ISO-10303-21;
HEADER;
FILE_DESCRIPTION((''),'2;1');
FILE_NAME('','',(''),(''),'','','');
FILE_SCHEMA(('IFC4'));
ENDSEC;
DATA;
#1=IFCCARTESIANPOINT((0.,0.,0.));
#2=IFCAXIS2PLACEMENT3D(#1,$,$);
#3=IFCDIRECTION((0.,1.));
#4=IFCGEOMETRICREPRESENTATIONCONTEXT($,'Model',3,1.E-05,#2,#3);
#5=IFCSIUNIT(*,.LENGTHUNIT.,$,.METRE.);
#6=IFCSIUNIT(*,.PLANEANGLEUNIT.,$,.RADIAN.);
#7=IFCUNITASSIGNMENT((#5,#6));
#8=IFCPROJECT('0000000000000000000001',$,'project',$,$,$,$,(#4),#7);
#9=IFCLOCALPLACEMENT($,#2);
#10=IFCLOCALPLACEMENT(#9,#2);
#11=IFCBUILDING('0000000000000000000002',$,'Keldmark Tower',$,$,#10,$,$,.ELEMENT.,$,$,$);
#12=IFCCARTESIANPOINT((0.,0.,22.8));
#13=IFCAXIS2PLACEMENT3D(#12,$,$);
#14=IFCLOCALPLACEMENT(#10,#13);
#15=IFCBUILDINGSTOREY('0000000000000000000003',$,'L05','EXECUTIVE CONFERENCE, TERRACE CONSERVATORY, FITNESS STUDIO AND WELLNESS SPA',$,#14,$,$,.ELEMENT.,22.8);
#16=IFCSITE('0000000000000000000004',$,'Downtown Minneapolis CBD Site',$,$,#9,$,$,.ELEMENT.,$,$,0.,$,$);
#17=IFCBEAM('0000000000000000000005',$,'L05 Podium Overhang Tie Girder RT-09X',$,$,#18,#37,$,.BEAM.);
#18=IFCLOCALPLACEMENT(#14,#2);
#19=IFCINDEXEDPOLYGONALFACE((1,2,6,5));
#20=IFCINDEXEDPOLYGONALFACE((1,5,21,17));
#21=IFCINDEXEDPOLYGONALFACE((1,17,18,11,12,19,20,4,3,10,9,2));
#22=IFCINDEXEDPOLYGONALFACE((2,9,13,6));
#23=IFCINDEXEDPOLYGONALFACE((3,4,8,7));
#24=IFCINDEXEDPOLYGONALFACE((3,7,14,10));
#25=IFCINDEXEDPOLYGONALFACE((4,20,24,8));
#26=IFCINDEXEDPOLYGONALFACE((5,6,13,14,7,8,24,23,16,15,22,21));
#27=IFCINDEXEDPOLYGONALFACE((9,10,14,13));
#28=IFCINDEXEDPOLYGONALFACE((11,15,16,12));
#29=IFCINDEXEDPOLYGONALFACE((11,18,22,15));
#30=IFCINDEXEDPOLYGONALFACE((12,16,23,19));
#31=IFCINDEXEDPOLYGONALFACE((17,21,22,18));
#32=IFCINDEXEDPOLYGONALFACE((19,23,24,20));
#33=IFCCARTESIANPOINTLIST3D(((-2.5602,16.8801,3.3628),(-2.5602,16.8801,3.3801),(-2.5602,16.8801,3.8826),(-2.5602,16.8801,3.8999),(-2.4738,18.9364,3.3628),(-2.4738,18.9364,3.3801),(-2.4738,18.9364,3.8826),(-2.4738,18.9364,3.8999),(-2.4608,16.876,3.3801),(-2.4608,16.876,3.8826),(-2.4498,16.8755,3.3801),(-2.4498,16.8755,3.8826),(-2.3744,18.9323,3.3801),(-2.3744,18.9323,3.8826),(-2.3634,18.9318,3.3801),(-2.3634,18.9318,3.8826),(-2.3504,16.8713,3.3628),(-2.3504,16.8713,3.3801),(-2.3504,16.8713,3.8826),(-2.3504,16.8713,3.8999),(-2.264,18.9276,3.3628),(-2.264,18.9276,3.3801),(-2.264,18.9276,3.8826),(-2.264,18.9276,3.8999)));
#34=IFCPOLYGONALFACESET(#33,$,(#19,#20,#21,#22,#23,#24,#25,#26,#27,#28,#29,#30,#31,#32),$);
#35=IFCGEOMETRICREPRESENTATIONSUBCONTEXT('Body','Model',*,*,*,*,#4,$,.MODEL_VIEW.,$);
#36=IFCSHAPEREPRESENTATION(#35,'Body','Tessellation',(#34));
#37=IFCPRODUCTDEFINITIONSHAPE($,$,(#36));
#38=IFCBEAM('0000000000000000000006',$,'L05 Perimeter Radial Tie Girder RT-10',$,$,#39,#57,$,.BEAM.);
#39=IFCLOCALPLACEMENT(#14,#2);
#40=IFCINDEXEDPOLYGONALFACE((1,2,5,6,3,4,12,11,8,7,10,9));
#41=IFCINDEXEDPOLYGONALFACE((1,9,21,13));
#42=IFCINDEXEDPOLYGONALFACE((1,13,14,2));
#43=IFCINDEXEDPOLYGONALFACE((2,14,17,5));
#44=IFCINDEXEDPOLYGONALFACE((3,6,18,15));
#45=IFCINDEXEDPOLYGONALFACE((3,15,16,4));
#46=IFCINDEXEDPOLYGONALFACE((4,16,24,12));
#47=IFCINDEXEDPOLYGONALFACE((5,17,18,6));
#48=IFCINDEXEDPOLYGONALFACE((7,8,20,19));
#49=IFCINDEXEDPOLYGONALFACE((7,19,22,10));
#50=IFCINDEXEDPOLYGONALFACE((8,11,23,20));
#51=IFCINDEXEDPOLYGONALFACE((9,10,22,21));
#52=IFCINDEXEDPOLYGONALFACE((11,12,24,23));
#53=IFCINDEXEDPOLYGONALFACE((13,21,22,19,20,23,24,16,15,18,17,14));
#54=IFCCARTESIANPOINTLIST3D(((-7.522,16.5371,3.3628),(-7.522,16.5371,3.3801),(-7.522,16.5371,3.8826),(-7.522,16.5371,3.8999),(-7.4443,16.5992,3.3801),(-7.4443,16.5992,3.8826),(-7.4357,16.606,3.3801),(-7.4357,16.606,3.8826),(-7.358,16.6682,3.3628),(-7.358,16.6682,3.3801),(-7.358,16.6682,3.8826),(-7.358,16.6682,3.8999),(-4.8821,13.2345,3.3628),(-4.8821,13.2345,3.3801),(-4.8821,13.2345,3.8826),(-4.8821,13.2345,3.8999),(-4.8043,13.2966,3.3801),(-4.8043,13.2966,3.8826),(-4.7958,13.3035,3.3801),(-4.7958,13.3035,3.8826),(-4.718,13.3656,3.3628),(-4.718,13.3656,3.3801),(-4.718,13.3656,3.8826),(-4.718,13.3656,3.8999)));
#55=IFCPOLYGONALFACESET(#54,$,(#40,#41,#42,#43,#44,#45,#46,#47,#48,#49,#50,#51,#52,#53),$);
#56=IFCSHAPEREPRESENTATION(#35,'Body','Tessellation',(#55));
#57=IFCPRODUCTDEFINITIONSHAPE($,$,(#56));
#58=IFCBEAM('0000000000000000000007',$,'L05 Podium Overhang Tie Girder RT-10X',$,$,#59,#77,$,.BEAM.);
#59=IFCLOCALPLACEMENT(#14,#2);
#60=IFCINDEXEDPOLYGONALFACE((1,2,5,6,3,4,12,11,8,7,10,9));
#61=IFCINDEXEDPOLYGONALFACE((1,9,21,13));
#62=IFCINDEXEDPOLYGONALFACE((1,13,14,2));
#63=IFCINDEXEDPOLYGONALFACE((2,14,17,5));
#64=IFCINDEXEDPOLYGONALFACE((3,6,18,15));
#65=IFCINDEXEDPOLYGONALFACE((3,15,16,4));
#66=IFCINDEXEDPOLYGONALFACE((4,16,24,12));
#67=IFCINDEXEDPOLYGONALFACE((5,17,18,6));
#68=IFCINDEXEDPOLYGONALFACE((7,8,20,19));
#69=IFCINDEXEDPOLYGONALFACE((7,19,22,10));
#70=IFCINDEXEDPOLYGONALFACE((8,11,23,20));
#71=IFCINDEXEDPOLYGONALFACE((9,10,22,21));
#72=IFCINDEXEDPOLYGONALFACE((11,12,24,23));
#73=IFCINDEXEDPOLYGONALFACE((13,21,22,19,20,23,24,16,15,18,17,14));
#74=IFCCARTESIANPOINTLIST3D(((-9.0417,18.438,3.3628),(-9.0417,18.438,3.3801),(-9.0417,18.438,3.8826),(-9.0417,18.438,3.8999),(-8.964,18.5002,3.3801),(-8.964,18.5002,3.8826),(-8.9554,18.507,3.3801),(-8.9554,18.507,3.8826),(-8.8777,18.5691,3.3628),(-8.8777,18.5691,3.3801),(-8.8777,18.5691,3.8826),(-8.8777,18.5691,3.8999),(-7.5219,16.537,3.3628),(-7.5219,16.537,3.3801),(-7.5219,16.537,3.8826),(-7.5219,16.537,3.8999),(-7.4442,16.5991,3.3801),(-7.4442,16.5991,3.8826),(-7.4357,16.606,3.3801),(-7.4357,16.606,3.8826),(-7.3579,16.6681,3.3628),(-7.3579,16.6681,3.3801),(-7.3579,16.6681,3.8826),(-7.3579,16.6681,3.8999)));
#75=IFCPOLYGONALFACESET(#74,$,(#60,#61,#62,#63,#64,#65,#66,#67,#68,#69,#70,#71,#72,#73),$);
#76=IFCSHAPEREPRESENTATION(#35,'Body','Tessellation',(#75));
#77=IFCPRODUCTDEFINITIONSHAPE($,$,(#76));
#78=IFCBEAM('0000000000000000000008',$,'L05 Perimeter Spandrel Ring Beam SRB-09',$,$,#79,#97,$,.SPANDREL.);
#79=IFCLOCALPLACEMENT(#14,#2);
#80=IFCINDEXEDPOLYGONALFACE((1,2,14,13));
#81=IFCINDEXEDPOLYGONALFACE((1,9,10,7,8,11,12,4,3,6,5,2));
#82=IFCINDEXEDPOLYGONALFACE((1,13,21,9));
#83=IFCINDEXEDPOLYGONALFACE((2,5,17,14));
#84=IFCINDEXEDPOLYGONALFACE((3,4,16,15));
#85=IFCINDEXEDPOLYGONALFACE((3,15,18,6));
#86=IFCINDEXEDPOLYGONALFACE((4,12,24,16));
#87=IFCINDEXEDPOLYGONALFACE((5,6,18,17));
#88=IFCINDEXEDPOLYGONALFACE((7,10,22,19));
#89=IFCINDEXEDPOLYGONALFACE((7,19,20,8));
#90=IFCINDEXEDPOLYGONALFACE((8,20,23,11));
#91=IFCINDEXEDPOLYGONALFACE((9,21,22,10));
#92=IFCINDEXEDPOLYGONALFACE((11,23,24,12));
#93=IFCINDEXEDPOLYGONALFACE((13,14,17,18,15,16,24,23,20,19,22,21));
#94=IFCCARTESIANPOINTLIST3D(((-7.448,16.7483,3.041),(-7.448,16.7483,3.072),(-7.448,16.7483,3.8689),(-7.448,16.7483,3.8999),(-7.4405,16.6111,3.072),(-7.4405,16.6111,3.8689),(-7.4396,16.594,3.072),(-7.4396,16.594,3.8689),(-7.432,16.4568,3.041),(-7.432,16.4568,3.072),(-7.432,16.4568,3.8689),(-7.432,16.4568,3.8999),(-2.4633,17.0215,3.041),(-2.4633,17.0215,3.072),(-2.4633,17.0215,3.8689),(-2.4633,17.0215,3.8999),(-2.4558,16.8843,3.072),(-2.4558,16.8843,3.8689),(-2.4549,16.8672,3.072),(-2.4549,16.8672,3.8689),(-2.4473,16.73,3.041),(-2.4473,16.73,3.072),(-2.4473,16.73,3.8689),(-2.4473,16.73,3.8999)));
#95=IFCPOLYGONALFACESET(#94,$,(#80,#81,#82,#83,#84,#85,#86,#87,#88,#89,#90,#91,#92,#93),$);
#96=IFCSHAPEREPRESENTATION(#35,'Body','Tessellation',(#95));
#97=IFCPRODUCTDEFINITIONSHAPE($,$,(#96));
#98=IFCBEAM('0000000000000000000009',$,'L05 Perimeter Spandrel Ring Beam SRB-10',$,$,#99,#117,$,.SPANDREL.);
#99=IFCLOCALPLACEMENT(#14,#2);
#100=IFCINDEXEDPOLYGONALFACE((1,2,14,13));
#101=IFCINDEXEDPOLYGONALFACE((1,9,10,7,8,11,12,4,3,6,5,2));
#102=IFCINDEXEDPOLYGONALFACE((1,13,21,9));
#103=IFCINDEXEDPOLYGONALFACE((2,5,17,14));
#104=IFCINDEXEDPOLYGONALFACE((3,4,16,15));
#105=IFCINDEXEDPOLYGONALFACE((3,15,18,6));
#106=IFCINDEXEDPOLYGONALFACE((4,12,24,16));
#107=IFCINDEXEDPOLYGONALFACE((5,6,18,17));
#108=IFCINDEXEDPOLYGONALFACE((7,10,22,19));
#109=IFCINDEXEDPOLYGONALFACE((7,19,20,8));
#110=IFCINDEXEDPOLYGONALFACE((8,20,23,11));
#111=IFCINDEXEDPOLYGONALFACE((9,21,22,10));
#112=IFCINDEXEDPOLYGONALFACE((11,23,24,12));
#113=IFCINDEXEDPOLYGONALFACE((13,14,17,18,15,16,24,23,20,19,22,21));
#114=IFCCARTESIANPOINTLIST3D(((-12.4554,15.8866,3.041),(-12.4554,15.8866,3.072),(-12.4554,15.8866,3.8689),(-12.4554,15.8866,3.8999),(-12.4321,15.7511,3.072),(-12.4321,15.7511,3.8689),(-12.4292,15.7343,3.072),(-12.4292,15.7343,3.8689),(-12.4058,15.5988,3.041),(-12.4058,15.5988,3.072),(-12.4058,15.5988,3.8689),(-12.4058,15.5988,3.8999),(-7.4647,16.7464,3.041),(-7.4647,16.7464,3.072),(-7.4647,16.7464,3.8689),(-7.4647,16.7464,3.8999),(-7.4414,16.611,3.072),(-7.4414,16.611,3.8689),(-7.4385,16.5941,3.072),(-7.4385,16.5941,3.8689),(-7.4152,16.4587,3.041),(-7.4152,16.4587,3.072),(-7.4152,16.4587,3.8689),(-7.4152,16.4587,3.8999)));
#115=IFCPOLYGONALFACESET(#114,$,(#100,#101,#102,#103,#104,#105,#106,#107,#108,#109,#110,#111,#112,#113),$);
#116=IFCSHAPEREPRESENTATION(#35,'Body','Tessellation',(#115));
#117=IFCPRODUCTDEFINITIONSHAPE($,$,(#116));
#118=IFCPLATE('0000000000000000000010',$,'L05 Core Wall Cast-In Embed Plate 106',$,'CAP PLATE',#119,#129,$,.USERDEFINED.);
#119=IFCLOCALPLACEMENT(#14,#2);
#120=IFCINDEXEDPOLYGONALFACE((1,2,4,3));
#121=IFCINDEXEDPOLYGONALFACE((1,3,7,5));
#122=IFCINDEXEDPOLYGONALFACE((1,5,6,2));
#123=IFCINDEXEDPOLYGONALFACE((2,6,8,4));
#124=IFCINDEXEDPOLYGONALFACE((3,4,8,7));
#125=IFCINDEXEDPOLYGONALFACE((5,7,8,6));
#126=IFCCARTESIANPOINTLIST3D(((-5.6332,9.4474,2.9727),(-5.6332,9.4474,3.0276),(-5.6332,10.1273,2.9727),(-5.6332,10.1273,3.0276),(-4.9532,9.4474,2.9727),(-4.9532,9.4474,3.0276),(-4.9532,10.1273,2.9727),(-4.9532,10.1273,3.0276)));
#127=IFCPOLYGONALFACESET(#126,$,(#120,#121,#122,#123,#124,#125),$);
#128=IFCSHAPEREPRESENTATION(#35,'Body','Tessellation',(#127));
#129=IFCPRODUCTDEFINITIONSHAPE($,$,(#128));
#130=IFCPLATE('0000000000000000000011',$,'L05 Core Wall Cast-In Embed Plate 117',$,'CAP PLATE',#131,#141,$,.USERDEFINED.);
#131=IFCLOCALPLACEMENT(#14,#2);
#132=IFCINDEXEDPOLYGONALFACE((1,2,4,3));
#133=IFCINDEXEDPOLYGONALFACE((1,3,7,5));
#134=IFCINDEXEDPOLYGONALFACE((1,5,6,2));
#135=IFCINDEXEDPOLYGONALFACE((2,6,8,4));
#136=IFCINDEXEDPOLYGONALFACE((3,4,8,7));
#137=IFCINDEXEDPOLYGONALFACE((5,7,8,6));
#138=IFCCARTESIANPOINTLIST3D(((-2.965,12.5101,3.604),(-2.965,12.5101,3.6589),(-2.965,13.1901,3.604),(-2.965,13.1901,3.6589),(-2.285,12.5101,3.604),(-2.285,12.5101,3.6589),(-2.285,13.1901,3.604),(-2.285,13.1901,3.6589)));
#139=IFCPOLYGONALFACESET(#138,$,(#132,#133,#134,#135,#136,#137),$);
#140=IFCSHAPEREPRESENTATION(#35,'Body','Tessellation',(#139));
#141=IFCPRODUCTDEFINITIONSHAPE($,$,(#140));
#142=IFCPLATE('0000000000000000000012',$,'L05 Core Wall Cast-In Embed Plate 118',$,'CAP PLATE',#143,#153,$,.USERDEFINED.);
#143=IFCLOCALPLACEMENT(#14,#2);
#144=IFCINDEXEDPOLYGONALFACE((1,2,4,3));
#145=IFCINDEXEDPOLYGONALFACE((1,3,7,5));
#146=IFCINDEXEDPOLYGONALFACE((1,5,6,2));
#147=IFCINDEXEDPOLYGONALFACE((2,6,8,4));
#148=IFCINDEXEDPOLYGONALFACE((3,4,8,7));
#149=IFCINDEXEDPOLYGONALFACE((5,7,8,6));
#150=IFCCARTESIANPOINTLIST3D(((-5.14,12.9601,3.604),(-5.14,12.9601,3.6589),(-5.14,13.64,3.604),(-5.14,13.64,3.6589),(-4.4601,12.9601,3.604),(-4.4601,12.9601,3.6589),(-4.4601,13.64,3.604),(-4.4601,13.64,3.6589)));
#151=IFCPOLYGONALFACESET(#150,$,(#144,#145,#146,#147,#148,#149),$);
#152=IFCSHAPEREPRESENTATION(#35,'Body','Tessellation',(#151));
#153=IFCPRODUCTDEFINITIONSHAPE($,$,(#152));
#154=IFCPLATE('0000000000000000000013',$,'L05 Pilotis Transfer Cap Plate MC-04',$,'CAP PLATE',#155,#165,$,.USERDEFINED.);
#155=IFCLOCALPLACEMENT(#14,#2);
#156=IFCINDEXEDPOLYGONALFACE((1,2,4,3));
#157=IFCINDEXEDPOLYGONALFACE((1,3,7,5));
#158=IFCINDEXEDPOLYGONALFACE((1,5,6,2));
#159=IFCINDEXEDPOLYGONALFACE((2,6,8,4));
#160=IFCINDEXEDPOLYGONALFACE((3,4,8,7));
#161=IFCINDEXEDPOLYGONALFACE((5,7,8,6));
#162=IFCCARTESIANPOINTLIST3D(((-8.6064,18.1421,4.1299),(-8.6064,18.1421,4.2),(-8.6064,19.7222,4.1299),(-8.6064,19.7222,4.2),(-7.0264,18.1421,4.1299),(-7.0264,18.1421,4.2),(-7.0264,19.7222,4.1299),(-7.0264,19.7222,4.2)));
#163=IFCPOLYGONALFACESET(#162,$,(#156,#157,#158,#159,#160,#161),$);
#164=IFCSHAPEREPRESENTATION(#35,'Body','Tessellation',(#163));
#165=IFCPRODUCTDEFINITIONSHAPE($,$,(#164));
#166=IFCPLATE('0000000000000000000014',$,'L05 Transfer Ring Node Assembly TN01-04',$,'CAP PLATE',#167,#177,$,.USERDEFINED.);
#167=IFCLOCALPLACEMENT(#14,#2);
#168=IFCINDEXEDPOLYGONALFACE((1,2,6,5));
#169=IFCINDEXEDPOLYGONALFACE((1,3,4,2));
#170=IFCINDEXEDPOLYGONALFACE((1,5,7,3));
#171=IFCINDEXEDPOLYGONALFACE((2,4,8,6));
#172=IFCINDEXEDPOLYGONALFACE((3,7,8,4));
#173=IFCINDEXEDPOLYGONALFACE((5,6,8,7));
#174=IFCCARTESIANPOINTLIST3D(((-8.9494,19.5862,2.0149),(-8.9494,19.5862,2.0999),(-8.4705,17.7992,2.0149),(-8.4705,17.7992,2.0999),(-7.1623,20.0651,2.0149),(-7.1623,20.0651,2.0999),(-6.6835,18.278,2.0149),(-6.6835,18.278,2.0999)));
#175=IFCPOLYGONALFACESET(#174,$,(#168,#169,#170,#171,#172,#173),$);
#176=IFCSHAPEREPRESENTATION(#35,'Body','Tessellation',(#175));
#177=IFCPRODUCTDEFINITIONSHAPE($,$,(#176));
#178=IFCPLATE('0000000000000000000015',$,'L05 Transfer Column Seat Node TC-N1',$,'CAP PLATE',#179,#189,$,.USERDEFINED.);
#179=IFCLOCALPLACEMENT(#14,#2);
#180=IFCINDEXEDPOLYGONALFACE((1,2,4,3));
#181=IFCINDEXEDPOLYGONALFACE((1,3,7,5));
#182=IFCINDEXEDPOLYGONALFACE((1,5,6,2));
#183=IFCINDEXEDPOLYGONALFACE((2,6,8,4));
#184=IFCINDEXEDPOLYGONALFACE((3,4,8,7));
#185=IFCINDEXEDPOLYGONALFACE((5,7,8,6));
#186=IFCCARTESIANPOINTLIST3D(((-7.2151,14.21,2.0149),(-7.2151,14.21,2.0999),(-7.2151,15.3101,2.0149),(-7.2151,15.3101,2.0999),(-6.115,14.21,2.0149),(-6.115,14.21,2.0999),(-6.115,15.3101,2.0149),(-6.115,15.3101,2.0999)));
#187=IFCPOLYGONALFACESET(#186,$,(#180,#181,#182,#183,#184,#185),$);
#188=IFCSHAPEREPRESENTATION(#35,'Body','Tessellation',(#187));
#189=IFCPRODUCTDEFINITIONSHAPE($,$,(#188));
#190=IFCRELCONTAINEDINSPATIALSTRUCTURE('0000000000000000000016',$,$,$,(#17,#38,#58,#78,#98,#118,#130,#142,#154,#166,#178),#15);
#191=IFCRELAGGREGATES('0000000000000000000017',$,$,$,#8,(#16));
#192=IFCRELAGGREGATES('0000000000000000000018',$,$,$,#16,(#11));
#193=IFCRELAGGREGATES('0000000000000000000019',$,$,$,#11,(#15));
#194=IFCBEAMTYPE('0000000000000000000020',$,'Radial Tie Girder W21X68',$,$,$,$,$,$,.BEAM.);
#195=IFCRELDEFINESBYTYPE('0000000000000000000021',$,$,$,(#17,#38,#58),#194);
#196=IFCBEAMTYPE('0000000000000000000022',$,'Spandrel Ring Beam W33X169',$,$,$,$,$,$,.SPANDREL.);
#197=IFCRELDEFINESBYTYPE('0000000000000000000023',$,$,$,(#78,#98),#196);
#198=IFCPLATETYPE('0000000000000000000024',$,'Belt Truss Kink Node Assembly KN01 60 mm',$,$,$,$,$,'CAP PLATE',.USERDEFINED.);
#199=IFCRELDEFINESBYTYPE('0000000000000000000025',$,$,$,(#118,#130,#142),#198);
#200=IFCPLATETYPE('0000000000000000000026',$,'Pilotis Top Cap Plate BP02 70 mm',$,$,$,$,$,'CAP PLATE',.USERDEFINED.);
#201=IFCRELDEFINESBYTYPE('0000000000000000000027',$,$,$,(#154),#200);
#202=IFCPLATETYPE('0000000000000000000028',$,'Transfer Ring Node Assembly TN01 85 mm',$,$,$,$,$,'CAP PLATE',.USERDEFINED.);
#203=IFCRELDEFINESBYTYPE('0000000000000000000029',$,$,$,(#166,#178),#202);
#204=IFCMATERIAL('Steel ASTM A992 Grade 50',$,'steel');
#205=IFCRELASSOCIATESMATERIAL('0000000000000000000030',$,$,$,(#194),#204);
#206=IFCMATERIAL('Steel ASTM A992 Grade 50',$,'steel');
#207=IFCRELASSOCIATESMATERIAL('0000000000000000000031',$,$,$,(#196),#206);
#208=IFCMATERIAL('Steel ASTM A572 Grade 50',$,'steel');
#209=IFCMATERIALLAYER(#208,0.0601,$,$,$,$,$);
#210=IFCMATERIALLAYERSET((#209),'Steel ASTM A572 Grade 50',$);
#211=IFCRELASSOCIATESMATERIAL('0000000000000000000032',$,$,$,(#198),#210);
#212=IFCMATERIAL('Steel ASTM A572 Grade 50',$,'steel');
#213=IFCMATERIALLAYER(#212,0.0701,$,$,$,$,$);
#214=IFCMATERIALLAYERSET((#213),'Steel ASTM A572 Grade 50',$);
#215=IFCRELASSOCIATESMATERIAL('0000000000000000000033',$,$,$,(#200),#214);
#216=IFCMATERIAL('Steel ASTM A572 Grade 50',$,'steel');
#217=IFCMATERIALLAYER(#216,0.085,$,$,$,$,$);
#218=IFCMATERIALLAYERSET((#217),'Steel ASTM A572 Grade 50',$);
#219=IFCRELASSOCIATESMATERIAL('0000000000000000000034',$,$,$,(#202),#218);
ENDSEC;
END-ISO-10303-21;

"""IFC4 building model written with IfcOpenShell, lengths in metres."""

from ifc_helpers import new_model, si_unit, direction, frame, origin, origin_2d, place, context, subcontext, project, spatial, rectangle, i_section, extrude, material, layer, layer_set, material_profile, profile_set, type_object, element, save


model = new_model("IFC4")

# Units and contexts
model_context = context("Model", 3, precision=1e-05, world=origin(), true_north=direction((0.0, 1.0)))
body_context = subcontext(model_context, "Body", "Model", "MODEL_VIEW")
ifc_project = project(units=[si_unit("LENGTHUNIT", "METRE"), si_unit("PLANEANGLEUNIT", "RADIAN")], contexts=[model_context])

# Site, building, storey
site_placement = place(None, origin())
site = spatial("IfcSite", under=ifc_project, at=site_placement, Name="Downtown Minneapolis CBD Site", CompositionType="ELEMENT", RefElevation=0.0)
building_placement = place(site_placement, origin())
building = spatial("IfcBuilding", under=site, at=building_placement, Name="Keldmark Tower", CompositionType="ELEMENT")
storey_placement = place(building_placement, frame((0.0, 0.0, 22.8)))
storey = spatial("IfcBuildingStorey", under=building, at=storey_placement, Name="L05", Description="EXECUTIVE CONFERENCE, TERRACE CONSERVATORY, FITNESS STUDIO AND WELLNESS SPA", CompositionType="ELEMENT", Elevation=22.8)

# Beams
ifc_material_1 = material(Name="Steel ASTM A992 Grade 50", Category="steel")
ifc_material_profile_1 = material_profile(ifc_material_1, i_section(OverallWidth=0.21, OverallDepth=0.5371, WebThickness=0.011, FlangeThickness=0.0173, at=origin_2d()), Name="W21X68")
ifc_profile_set_1 = profile_set([ifc_material_profile_1], Name="Steel ASTM A992 Grade 50")
beam_type_1 = type_object("IfcBeamType", Name="Radial Tie Girder W21X68", PredefinedType="BEAM", material=ifc_profile_set_1)
beam_1_placement = place(storey_placement, frame((-2.4553, 16.8757, 3.6313), z_axis=(0.041991, 0.999118, 0.0), x_axis=(-0.999118, 0.041991, 0.0)))
element("IfcBeam", 1, at=beam_1_placement, inside=storey, type_object=beam_type_1, Name="L05 Podium Overhang Tie Girder RT-09X", PredefinedType="BEAM", context=body_context, shape_type="SweptSolid", body=[
    extrude(i_section(OverallWidth=0.21, OverallDepth=0.5371, WebThickness=0.011, FlangeThickness=0.0173, at=origin_2d()), origin(), (0.0, 0.0, 1.0), 2.0581),
])
beam_2_placement = place(storey_placement, frame((-4.8, 13.3, 3.6313), z_axis=(-0.624392, 0.781111, 0.0), x_axis=(-0.781111, -0.624392, 0.0)))
element("IfcBeam", 2, at=beam_2_placement, inside=storey, type_object=beam_type_1, Name="L05 Perimeter Radial Tie Girder RT-10", PredefinedType="BEAM", context=body_context, shape_type="SweptSolid", body=[
    extrude(i_section(OverallWidth=0.21, OverallDepth=0.5371, WebThickness=0.011, FlangeThickness=0.0173, at=origin_2d()), origin(), (0.0, 0.0, 1.0), 4.228),
])
beam_3_placement = place(storey_placement, frame((-7.4399, 16.6025, 3.6313), z_axis=(-0.624414, 0.781094, 0.0), x_axis=(-0.781094, -0.624414, 0.0)))
element("IfcBeam", 3, at=beam_3_placement, inside=storey, type_object=beam_type_1, Name="L05 Podium Overhang Tie Girder RT-10X", PredefinedType="BEAM", context=body_context, shape_type="SweptSolid", body=[
    extrude(i_section(OverallWidth=0.21, OverallDepth=0.5371, WebThickness=0.011, FlangeThickness=0.0173, at=origin_2d()), origin(), (0.0, 0.0, 1.0), 2.4338),
])
ifc_material_2 = material(Name="Steel ASTM A992 Grade 50", Category="steel")
ifc_material_profile_2 = material_profile(ifc_material_2, i_section(OverallWidth=0.292, OverallDepth=0.8589, WebThickness=0.0171, FlangeThickness=0.031, at=origin_2d()), Name="W33X169")
ifc_profile_set_2 = profile_set([ifc_material_profile_2], Name="Steel ASTM A992 Grade 50")
beam_type_2 = type_object("IfcBeamType", Name="Spandrel Ring Beam W33X169", PredefinedType="SPANDREL", material=ifc_profile_set_2)
beam_4_placement = place(storey_placement, frame((-2.4553, 16.8757, 3.4705), z_axis=(-0.998501, -0.054725, 0.0), x_axis=(0.054725, -0.998501, 0.0)))
element("IfcBeam", 4, at=beam_4_placement, inside=storey, type_object=beam_type_2, Name="L05 Perimeter Spandrel Ring Beam SRB-09", PredefinedType="SPANDREL", context=body_context, shape_type="SweptSolid", body=[
    extrude(i_section(OverallWidth=0.292, OverallDepth=0.8589, WebThickness=0.0171, FlangeThickness=0.031, at=origin_2d()), origin(), (0.0, 0.0, 1.0), 4.9922),
])
beam_5_placement = place(storey_placement, frame((-7.4399, 16.6025, 3.4705), z_axis=(-0.98548, -0.169791, 0.0), x_axis=(0.169791, -0.98548, 0.0)))
element("IfcBeam", 5, at=beam_5_placement, inside=storey, type_object=beam_type_2, Name="L05 Perimeter Spandrel Ring Beam SRB-10", PredefinedType="SPANDREL", context=body_context, shape_type="SweptSolid", body=[
    extrude(i_section(OverallWidth=0.292, OverallDepth=0.8589, WebThickness=0.0171, FlangeThickness=0.031, at=origin_2d()), origin(), (0.0, 0.0, 1.0), 5.0642),
])

# Plates
ifc_material_3 = material(Name="Steel ASTM A572 Grade 50", Category="steel")
ifc_layer_1 = layer(ifc_material_3, 0.0601)
ifc_layer_set_1 = layer_set([ifc_layer_1], Name="Steel ASTM A572 Grade 50")
plate_type_1 = type_object("IfcPlateType", Name="Belt Truss Kink Node Assembly KN01 60 mm", ElementType="CAP PLATE", PredefinedType="USERDEFINED", material=ifc_layer_set_1)
for number, where, z_axis, x_axis, name in (
    (6, (-5.2932, 9.7874, 2.9727), (0.0, 0.0, 1.0), (1.0, 0.0, 0.0), "L05 Core Wall Cast-In Embed Plate 106"),
    (7, (-2.625, 12.8501, 3.604), (0.0, 0.0, 1.0), (1.0, 0.0, 0.0), "L05 Core Wall Cast-In Embed Plate 117"),
    (8, (-4.8, 13.3, 3.604), (0.0, 0.0, 1.0), (1.0, 0.0, 0.0), "L05 Core Wall Cast-In Embed Plate 118"),
):
    element("IfcPlate", number, at=place(storey_placement, frame(where, z_axis=z_axis, x_axis=x_axis)), inside=storey, type_object=plate_type_1, Name=name, ObjectType="CAP PLATE", PredefinedType="USERDEFINED", context=body_context, shape_type="SweptSolid", body=[
        extrude(rectangle(XDim=0.6799, YDim=0.6799, at=origin_2d()), origin(), (0.0, 0.0, 1.0), 0.0549),
    ])
ifc_material_4 = material(Name="Steel ASTM A572 Grade 50", Category="steel")
ifc_layer_2 = layer(ifc_material_4, 0.0701)
ifc_layer_set_2 = layer_set([ifc_layer_2], Name="Steel ASTM A572 Grade 50")
plate_type_2 = type_object("IfcPlateType", Name="Pilotis Top Cap Plate BP02 70 mm", ElementType="CAP PLATE", PredefinedType="USERDEFINED", material=ifc_layer_set_2)
plate_1_placement = place(storey_placement, frame((-7.8164, 18.9321, 4.1299), z_axis=(0.0, 0.0, 1.0), x_axis=(1.0, 0.0, 0.0)))
element("IfcPlate", 9, at=plate_1_placement, inside=storey, type_object=plate_type_2, Name="L05 Pilotis Transfer Cap Plate MC-04", ObjectType="CAP PLATE", PredefinedType="USERDEFINED", context=body_context, shape_type="SweptSolid", body=[
    extrude(rectangle(XDim=1.5801, YDim=1.5801, at=origin_2d()), origin(), (0.0, 0.0, 1.0), 0.0701),
])
ifc_material_5 = material(Name="Steel ASTM A572 Grade 50", Category="steel")
ifc_layer_3 = layer(ifc_material_5, 0.085)
ifc_layer_set_3 = layer_set([ifc_layer_3], Name="Steel ASTM A572 Grade 50")
plate_type_3 = type_object("IfcPlateType", Name="Transfer Ring Node Assembly TN01 85 mm", ElementType="CAP PLATE", PredefinedType="USERDEFINED", material=ifc_layer_set_3)
plate_2_placement = place(storey_placement, frame((-7.8164, 18.9321, 2.0149), z_axis=(0.0, 0.0, 1.0), x_axis=(-0.258819, 0.965926, 0.0)))
element("IfcPlate", 10, at=plate_2_placement, inside=storey, type_object=plate_type_3, Name="L05 Transfer Ring Node Assembly TN01-04", ObjectType="CAP PLATE", PredefinedType="USERDEFINED", context=body_context, shape_type="SweptSolid", body=[
    extrude(rectangle(XDim=1.8501, YDim=1.8501, at=origin_2d()), origin(), (0.0, 0.0, 1.0), 0.085),
])
plate_3_placement = place(storey_placement, frame((-6.665, 14.76, 2.0149), z_axis=(0.0, 0.0, 1.0), x_axis=(1.0, 0.0, 0.0)))
element("IfcPlate", 11, at=plate_3_placement, inside=storey, type_object=plate_type_3, Name="L05 Transfer Column Seat Node TC-N1", ObjectType="CAP PLATE", PredefinedType="USERDEFINED", context=body_context, shape_type="SweptSolid", body=[
    extrude(rectangle(XDim=1.1001, YDim=1.1001, at=origin_2d()), origin(), (0.0, 0.0, 1.0), 0.085),
])

save(model, "model.ifc")
